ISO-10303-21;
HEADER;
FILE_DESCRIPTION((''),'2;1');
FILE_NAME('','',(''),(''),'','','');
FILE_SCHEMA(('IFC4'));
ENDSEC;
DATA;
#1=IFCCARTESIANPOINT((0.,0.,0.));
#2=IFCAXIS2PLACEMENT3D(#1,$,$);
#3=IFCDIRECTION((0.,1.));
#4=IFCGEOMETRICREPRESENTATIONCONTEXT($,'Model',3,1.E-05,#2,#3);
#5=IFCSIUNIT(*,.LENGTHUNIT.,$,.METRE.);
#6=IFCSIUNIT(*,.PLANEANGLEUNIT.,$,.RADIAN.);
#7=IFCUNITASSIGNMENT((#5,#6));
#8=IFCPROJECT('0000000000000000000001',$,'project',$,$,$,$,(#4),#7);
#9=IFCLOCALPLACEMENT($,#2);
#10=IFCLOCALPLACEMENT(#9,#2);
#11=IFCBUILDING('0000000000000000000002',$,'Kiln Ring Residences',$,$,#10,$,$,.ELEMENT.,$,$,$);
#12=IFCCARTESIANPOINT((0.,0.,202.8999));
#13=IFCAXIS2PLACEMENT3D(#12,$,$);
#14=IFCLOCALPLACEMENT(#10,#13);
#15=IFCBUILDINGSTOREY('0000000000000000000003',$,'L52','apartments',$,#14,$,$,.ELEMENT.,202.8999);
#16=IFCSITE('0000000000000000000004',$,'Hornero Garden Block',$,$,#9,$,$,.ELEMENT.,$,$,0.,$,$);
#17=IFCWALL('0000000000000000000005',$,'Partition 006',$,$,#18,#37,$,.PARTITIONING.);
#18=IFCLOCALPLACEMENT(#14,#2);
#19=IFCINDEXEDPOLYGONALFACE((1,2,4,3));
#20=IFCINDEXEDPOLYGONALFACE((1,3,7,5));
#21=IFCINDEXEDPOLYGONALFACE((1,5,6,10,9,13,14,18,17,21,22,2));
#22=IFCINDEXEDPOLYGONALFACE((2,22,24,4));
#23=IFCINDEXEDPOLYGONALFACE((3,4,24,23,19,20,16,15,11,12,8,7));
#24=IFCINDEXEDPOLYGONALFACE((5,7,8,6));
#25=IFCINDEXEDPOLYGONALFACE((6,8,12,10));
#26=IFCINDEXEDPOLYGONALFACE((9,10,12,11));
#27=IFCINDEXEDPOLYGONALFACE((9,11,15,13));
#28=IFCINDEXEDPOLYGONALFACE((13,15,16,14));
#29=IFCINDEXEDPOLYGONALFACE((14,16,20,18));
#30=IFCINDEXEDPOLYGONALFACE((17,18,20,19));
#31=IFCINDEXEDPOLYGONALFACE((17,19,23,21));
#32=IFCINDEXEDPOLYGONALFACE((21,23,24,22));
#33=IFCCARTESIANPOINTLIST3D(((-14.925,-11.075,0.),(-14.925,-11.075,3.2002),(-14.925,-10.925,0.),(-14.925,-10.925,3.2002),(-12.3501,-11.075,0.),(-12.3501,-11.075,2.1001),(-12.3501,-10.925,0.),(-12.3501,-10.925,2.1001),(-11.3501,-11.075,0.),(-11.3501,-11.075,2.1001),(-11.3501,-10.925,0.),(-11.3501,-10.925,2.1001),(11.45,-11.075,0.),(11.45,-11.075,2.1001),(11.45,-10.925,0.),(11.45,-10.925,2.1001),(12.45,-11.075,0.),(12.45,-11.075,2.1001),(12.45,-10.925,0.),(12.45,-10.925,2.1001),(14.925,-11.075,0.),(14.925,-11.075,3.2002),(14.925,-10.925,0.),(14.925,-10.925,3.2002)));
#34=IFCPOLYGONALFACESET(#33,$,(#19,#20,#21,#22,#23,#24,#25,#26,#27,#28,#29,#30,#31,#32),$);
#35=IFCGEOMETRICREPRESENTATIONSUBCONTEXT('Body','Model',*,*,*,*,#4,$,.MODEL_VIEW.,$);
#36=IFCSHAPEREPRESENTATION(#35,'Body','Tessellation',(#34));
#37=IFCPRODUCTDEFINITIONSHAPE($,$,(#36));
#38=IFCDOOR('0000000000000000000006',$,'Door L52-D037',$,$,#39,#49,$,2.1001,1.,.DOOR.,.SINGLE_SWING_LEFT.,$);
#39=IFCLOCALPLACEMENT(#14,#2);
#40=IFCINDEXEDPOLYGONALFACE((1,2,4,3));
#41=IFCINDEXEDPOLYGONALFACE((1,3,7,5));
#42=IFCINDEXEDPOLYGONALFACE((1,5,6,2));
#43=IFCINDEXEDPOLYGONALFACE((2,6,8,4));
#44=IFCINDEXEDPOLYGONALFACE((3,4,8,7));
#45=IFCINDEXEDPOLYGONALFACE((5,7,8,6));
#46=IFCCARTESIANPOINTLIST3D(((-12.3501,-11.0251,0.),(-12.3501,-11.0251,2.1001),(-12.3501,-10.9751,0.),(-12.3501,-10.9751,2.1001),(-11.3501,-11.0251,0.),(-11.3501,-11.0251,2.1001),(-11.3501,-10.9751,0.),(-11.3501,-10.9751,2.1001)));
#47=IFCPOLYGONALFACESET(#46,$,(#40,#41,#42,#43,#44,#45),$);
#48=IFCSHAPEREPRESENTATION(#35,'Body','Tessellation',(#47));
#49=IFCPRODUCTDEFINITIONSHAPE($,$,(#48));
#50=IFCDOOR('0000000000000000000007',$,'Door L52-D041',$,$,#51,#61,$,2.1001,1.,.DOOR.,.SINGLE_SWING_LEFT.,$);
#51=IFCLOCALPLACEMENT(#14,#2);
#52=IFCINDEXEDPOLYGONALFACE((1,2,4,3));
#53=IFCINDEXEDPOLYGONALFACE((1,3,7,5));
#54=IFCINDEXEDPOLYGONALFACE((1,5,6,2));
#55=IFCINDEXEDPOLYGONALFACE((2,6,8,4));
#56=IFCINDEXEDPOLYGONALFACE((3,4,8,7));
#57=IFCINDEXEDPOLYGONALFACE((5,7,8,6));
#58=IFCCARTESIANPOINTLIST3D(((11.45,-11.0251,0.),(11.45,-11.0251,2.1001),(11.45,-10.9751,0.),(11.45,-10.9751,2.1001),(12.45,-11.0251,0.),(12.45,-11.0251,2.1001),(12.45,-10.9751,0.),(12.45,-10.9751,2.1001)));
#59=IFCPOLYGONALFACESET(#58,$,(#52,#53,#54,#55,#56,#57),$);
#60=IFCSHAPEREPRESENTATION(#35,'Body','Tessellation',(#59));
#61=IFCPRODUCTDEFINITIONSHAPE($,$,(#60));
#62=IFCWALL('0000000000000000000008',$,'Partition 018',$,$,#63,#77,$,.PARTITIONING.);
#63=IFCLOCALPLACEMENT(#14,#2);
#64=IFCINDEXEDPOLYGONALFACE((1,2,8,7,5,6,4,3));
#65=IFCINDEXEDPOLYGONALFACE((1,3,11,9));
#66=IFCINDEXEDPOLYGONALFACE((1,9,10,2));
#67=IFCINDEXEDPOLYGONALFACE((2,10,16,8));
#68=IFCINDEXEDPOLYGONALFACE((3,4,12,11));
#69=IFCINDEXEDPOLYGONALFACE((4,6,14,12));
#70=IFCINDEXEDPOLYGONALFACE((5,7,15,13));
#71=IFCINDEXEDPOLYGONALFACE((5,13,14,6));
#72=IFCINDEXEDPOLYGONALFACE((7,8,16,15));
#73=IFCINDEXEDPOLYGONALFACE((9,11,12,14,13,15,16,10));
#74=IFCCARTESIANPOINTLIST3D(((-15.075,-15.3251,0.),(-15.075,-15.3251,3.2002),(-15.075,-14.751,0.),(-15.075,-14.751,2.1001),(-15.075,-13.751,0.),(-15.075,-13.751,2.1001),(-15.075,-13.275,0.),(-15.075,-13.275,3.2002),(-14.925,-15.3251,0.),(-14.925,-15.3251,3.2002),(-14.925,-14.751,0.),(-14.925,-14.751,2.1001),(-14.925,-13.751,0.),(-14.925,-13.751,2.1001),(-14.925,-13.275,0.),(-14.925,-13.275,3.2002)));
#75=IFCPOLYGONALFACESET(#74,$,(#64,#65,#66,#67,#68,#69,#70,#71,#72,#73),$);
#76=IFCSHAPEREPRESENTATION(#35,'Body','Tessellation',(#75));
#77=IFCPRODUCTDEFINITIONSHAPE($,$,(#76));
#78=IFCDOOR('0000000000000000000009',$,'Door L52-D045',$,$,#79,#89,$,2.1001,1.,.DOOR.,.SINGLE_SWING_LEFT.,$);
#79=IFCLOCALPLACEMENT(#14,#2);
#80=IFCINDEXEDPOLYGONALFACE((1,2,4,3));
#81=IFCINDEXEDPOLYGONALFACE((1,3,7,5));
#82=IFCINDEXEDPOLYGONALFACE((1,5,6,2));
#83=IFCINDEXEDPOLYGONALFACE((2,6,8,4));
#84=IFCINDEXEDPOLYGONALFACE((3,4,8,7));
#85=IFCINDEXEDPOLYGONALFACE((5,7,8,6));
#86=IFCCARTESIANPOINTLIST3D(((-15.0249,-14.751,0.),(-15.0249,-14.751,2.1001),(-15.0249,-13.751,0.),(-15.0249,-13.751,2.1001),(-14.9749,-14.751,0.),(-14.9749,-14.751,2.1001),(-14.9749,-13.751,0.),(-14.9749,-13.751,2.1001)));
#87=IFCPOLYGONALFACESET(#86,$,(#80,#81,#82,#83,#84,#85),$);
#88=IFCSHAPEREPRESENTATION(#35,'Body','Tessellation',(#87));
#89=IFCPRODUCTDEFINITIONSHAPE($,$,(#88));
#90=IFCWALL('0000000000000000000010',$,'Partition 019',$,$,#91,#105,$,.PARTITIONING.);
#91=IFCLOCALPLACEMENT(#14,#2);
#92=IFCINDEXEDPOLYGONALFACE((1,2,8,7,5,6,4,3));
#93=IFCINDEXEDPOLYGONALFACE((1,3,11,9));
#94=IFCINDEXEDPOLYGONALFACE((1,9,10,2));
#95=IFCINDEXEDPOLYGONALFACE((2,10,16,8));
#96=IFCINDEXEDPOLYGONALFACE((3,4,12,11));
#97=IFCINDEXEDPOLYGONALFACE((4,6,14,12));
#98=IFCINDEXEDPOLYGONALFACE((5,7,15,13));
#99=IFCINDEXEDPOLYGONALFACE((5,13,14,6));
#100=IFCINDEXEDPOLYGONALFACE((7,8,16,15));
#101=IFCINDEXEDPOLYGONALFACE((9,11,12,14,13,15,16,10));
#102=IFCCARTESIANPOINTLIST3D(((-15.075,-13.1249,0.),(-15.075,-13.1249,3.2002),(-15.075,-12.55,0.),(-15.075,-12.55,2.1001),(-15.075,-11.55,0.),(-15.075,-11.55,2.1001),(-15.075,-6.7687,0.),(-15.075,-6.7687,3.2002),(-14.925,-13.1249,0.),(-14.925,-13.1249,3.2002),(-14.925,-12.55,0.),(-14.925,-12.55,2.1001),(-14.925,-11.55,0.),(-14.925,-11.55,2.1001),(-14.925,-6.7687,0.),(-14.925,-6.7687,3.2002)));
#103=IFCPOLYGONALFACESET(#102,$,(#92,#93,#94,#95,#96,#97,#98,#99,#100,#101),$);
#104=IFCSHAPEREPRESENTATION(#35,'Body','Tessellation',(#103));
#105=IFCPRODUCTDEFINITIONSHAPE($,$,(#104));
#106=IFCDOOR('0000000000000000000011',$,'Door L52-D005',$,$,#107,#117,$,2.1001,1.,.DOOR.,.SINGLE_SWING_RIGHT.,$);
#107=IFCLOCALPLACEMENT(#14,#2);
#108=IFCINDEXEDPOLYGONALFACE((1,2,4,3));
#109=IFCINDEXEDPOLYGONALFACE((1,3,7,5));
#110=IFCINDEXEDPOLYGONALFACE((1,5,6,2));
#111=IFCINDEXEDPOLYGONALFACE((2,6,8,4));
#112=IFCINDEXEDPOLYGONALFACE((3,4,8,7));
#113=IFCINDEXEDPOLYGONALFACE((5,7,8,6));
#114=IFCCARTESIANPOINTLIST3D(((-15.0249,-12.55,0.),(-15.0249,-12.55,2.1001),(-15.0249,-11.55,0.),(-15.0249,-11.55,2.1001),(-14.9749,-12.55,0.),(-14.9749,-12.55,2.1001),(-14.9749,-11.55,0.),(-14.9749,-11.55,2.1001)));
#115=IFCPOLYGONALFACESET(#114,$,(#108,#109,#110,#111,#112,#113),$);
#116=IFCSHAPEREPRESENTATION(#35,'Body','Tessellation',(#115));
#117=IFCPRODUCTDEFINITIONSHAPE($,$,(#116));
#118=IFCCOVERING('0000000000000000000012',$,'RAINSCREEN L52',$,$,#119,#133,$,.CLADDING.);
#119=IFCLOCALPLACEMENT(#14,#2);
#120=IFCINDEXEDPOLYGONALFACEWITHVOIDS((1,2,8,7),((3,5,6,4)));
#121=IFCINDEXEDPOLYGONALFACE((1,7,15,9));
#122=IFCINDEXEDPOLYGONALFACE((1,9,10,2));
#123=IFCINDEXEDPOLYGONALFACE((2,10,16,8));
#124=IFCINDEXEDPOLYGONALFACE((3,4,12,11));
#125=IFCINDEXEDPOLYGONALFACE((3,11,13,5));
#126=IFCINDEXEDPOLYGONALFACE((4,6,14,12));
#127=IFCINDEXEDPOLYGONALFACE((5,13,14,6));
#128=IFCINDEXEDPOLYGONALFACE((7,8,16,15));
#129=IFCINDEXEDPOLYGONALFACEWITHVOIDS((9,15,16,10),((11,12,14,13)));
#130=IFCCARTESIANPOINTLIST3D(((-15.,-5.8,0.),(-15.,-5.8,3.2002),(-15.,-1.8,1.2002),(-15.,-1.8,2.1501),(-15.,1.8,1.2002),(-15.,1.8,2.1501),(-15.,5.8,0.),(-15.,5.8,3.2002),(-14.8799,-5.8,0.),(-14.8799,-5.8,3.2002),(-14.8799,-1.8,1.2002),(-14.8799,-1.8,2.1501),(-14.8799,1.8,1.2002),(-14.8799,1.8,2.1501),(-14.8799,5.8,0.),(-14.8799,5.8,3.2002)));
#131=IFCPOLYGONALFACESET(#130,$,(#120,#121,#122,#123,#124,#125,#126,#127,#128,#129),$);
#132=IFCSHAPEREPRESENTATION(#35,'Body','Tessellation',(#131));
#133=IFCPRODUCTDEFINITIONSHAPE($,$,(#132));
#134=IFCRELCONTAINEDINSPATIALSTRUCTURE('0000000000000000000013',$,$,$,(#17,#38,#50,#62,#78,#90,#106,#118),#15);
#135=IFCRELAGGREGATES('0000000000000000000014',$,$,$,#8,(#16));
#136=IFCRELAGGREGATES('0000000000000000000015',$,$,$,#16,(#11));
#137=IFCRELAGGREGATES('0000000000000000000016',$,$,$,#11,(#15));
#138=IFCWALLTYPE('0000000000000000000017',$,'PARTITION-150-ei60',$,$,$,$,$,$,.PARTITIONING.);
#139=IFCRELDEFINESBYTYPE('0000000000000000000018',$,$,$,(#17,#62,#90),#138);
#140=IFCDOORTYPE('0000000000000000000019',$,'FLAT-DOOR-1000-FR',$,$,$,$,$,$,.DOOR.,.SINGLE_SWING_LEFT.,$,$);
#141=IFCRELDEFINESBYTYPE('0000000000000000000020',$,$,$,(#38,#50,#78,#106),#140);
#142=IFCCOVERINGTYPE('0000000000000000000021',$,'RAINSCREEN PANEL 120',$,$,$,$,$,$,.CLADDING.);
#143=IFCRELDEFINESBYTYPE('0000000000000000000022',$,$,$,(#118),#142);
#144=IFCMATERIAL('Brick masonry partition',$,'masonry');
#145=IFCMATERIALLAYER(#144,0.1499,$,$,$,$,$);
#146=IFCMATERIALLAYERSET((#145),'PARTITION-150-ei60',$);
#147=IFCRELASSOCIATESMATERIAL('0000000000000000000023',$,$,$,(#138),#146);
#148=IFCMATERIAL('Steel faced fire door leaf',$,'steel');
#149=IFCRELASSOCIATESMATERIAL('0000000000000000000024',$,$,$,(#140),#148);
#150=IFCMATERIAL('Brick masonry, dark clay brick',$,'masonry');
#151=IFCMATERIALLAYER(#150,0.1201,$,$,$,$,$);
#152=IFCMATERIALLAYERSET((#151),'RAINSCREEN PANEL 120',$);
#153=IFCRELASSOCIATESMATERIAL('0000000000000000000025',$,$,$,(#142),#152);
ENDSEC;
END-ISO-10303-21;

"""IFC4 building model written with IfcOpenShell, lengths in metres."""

from ifc_helpers import new_model, si_unit, direction, frame, frame_2d, origin, place, context, subcontext, project, spatial, polyline, rectangle, outline, extrude, material, layer, layer_set, type_object, element, fill, save


model = new_model("IFC4")

# Units and contexts
model_context = context("Model", 3, precision=1e-05, world=origin(), true_north=direction((0.0, 1.0)))
body_context = subcontext(model_context, "Body", "Model", "MODEL_VIEW")
ifc_project = project(units=[si_unit("LENGTHUNIT", "METRE"), si_unit("PLANEANGLEUNIT", "RADIAN")], contexts=[model_context])

# Site, building, storey
site_placement = place(None, origin())
site = spatial("IfcSite", under=ifc_project, at=site_placement, Name="Hornero Garden Block", CompositionType="ELEMENT", RefElevation=0.0)
building_placement = place(site_placement, origin())
building = spatial("IfcBuilding", under=site, at=building_placement, Name="Kiln Ring Residences", CompositionType="ELEMENT")
storey_placement = place(building_placement, frame((0.0, 0.0, 202.8999)))
storey = spatial("IfcBuildingStorey", under=building, at=storey_placement, Name="L52", Description="apartments", CompositionType="ELEMENT", Elevation=202.8999)

# Wall, openings, doors
ifc_material_1 = material(Name="Brick masonry partition", Category="masonry")
ifc_layer_1 = layer(ifc_material_1, 0.1499)
ifc_layer_set_1 = layer_set([ifc_layer_1], Name="PARTITION-150-ei60")
wall_type_1 = type_object("IfcWallType", Name="PARTITION-150-ei60", PredefinedType="PARTITIONING", material=ifc_layer_set_1)
wall_1_placement = place(storey_placement, frame((-14.925, -11.0, 0.0), z_axis=(0.0, 0.0, 1.0), x_axis=(1.0, 0.0, 0.0)))
wall_1 = element("IfcWall", 1, at=wall_1_placement, inside=storey, type_object=wall_type_1, Name="Partition 006", PredefinedType="PARTITIONING", context=body_context, shape_type="SweptSolid", body=[
    extrude(rectangle(XDim=29.8501, YDim=0.1499, at=frame_2d((14.925, 0.0))), origin(), (0.0, 0.0, 1.0), 3.2002),
])
opening_1_placement = place(wall_1_placement, frame((2.575, 0.0, 0.0)))
opening_1 = element("IfcOpeningElement", 2, at=opening_1_placement, cuts=wall_1, PredefinedType="OPENING", context=body_context, shape_type="SweptSolid", body=[
    extrude(rectangle(XDim=1.0, YDim=2.1001, at=frame_2d((0.5, 1.05))), frame((0.0, 0.085, 0.0), z_axis=(0.0, -1.0, 0.0), x_axis=(1.0, 0.0, 0.0)), (0.0, 0.0, 1.0), 0.1699),
])
opening_2_placement = place(wall_1_placement, frame((26.375, 0.0, 0.0)))
opening_2 = element("IfcOpeningElement", 3, at=opening_2_placement, cuts=wall_1, PredefinedType="OPENING", context=body_context, shape_type="SweptSolid", body=[
    extrude(rectangle(XDim=1.0, YDim=2.1001, at=frame_2d((0.5, 1.05))), frame((0.0, 0.085, 0.0), z_axis=(0.0, -1.0, 0.0), x_axis=(1.0, 0.0, 0.0)), (0.0, 0.0, 1.0), 0.1699),
])
ifc_material_2 = material(Name="Steel faced fire door leaf", Category="steel")
door_type_1 = type_object("IfcDoorType", Name="FLAT-DOOR-1000-FR", OperationType="SINGLE_SWING_LEFT", PredefinedType="DOOR", material=ifc_material_2)
door_1_placement = place(opening_1_placement, origin())
door_1 = element("IfcDoor", 4, at=door_1_placement, inside=storey, type_object=door_type_1, Name="Door L52-D037", OperationType="SINGLE_SWING_LEFT", OverallHeight=2.1001, OverallWidth=1.0, PredefinedType="DOOR", context=body_context, shape_type="SweptSolid", body=[
    extrude(rectangle(XDim=1.0, YDim=2.1001, at=frame_2d((0.5, 1.05))), frame((0.0, 0.0249, 0.0), z_axis=(0.0, -1.0, 0.0), x_axis=(1.0, 0.0, 0.0)), (0.0, 0.0, 1.0), 0.05),
])
fill(opening_1, door_1)
door_2_placement = place(opening_2_placement, origin())
door_2 = element("IfcDoor", 5, at=door_2_placement, inside=storey, type_object=door_type_1, Name="Door L52-D041", OperationType="SINGLE_SWING_LEFT", OverallHeight=2.1001, OverallWidth=1.0, PredefinedType="DOOR", context=body_context, shape_type="SweptSolid", body=[
    extrude(rectangle(XDim=1.0, YDim=2.1001, at=frame_2d((0.5, 1.05))), frame((0.0, 0.0249, 0.0), z_axis=(0.0, -1.0, 0.0), x_axis=(1.0, 0.0, 0.0)), (0.0, 0.0, 1.0), 0.05),
])
fill(opening_2, door_2)

# Walls, openings, doors
wall_2_placement = place(storey_placement, frame((-15.0, -15.325, 0.0), z_axis=(0.0, 0.0, 1.0), x_axis=(0.0, 1.0, 0.0)))
wall_2 = element("IfcWall", 6, at=wall_2_placement, inside=storey, type_object=wall_type_1, Name="Partition 018", PredefinedType="PARTITIONING", context=body_context, shape_type="SweptSolid", body=[
    extrude(rectangle(XDim=2.05, YDim=0.1499, at=frame_2d((1.0249, 0.0))), origin(), (0.0, 0.0, 1.0), 3.2002),
])
opening_3_placement = place(wall_2_placement, frame((0.574, 0.0, 0.0)))
opening_3 = element("IfcOpeningElement", 7, at=opening_3_placement, cuts=wall_2, PredefinedType="OPENING", context=body_context, shape_type="SweptSolid", body=[
    extrude(rectangle(XDim=1.0, YDim=2.1001, at=frame_2d((0.5, 1.05))), frame((0.0, 0.085, 0.0), z_axis=(0.0, -1.0, 0.0), x_axis=(1.0, 0.0, 0.0)), (0.0, 0.0, 1.0), 0.1699),
])
door_3_placement = place(opening_3_placement, origin())
door_3 = element("IfcDoor", 8, at=door_3_placement, inside=storey, type_object=door_type_1, Name="Door L52-D045", OperationType="SINGLE_SWING_LEFT", OverallHeight=2.1001, OverallWidth=1.0, PredefinedType="DOOR", context=body_context, shape_type="SweptSolid", body=[
    extrude(rectangle(XDim=1.0, YDim=2.1001, at=frame_2d((0.5, 1.05))), frame((0.0, 0.0249, 0.0), z_axis=(0.0, -1.0, 0.0), x_axis=(1.0, 0.0, 0.0)), (0.0, 0.0, 1.0), 0.05),
])
fill(opening_3, door_3)
wall_3_placement = place(storey_placement, frame((-15.0, -13.125, 0.0), z_axis=(0.0, 0.0, 1.0), x_axis=(0.0, 1.0, 0.0)))
wall_3 = element("IfcWall", 9, at=wall_3_placement, inside=storey, type_object=wall_type_1, Name="Partition 019", PredefinedType="PARTITIONING", context=body_context, shape_type="SweptSolid", body=[
    extrude(rectangle(XDim=6.3562, YDim=0.1499, at=frame_2d((3.1782, 0.0))), origin(), (0.0, 0.0, 1.0), 3.2002),
])
opening_4_placement = place(wall_3_placement, frame((0.575, 0.0, 0.0)))
opening_4 = element("IfcOpeningElement", 10, at=opening_4_placement, cuts=wall_3, PredefinedType="OPENING", context=body_context, shape_type="SweptSolid", body=[
    extrude(rectangle(XDim=1.0, YDim=2.1001, at=frame_2d((0.5, 1.05))), frame((0.0, 0.085, 0.0), z_axis=(0.0, -1.0, 0.0), x_axis=(1.0, 0.0, 0.0)), (0.0, 0.0, 1.0), 0.1699),
])
door_4_placement = place(opening_4_placement, origin())
door_4 = element("IfcDoor", 11, at=door_4_placement, inside=storey, type_object=door_type_1, Name="Door L52-D005", OperationType="SINGLE_SWING_RIGHT", OverallHeight=2.1001, OverallWidth=1.0, PredefinedType="DOOR", context=body_context, shape_type="SweptSolid", body=[
    extrude(rectangle(XDim=1.0, YDim=2.1001, at=frame_2d((0.5, 1.05))), frame((0.0, 0.0249, 0.0), z_axis=(0.0, -1.0, 0.0), x_axis=(1.0, 0.0, 0.0)), (0.0, 0.0, 1.0), 0.05),
])
fill(opening_4, door_4)

# Covering
ifc_material_3 = material(Name="Brick masonry, dark clay brick", Category="masonry")
ifc_layer_2 = layer(ifc_material_3, 0.1201)
ifc_layer_set_2 = layer_set([ifc_layer_2], Name="RAINSCREEN PANEL 120")
covering_type = type_object("IfcCoveringType", Name="RAINSCREEN PANEL 120", PredefinedType="CLADDING", material=ifc_layer_set_2)
covering_placement = place(storey_placement, frame((-14.9399, -5.8, 0.0), z_axis=(0.0, 0.0, 1.0), x_axis=(0.0, 1.0, 0.0)))
element("IfcCovering", 12, at=covering_placement, inside=storey, type_object=covering_type, Name="RAINSCREEN L52", PredefinedType="CLADDING", context=body_context, shape_type="SweptSolid", body=[
    extrude(outline(polyline([(0.0, 0.0), (11.6001, 0.0), (11.6001, 3.2002), (0.0, 3.2002), (0.0, 0.0)]), holes=[polyline([(4.0, 2.1501), (4.0, 1.2002), (7.6001, 1.2002), (7.6001, 2.1501), (4.0, 2.1501)])]), frame((0.0, 0.0601, 0.0), z_axis=(0.0, -1.0, 0.0), x_axis=(1.0, 0.0, 0.0)), (0.0, 0.0, 1.0), 0.1201),
])

save(model, "model.ifc")
